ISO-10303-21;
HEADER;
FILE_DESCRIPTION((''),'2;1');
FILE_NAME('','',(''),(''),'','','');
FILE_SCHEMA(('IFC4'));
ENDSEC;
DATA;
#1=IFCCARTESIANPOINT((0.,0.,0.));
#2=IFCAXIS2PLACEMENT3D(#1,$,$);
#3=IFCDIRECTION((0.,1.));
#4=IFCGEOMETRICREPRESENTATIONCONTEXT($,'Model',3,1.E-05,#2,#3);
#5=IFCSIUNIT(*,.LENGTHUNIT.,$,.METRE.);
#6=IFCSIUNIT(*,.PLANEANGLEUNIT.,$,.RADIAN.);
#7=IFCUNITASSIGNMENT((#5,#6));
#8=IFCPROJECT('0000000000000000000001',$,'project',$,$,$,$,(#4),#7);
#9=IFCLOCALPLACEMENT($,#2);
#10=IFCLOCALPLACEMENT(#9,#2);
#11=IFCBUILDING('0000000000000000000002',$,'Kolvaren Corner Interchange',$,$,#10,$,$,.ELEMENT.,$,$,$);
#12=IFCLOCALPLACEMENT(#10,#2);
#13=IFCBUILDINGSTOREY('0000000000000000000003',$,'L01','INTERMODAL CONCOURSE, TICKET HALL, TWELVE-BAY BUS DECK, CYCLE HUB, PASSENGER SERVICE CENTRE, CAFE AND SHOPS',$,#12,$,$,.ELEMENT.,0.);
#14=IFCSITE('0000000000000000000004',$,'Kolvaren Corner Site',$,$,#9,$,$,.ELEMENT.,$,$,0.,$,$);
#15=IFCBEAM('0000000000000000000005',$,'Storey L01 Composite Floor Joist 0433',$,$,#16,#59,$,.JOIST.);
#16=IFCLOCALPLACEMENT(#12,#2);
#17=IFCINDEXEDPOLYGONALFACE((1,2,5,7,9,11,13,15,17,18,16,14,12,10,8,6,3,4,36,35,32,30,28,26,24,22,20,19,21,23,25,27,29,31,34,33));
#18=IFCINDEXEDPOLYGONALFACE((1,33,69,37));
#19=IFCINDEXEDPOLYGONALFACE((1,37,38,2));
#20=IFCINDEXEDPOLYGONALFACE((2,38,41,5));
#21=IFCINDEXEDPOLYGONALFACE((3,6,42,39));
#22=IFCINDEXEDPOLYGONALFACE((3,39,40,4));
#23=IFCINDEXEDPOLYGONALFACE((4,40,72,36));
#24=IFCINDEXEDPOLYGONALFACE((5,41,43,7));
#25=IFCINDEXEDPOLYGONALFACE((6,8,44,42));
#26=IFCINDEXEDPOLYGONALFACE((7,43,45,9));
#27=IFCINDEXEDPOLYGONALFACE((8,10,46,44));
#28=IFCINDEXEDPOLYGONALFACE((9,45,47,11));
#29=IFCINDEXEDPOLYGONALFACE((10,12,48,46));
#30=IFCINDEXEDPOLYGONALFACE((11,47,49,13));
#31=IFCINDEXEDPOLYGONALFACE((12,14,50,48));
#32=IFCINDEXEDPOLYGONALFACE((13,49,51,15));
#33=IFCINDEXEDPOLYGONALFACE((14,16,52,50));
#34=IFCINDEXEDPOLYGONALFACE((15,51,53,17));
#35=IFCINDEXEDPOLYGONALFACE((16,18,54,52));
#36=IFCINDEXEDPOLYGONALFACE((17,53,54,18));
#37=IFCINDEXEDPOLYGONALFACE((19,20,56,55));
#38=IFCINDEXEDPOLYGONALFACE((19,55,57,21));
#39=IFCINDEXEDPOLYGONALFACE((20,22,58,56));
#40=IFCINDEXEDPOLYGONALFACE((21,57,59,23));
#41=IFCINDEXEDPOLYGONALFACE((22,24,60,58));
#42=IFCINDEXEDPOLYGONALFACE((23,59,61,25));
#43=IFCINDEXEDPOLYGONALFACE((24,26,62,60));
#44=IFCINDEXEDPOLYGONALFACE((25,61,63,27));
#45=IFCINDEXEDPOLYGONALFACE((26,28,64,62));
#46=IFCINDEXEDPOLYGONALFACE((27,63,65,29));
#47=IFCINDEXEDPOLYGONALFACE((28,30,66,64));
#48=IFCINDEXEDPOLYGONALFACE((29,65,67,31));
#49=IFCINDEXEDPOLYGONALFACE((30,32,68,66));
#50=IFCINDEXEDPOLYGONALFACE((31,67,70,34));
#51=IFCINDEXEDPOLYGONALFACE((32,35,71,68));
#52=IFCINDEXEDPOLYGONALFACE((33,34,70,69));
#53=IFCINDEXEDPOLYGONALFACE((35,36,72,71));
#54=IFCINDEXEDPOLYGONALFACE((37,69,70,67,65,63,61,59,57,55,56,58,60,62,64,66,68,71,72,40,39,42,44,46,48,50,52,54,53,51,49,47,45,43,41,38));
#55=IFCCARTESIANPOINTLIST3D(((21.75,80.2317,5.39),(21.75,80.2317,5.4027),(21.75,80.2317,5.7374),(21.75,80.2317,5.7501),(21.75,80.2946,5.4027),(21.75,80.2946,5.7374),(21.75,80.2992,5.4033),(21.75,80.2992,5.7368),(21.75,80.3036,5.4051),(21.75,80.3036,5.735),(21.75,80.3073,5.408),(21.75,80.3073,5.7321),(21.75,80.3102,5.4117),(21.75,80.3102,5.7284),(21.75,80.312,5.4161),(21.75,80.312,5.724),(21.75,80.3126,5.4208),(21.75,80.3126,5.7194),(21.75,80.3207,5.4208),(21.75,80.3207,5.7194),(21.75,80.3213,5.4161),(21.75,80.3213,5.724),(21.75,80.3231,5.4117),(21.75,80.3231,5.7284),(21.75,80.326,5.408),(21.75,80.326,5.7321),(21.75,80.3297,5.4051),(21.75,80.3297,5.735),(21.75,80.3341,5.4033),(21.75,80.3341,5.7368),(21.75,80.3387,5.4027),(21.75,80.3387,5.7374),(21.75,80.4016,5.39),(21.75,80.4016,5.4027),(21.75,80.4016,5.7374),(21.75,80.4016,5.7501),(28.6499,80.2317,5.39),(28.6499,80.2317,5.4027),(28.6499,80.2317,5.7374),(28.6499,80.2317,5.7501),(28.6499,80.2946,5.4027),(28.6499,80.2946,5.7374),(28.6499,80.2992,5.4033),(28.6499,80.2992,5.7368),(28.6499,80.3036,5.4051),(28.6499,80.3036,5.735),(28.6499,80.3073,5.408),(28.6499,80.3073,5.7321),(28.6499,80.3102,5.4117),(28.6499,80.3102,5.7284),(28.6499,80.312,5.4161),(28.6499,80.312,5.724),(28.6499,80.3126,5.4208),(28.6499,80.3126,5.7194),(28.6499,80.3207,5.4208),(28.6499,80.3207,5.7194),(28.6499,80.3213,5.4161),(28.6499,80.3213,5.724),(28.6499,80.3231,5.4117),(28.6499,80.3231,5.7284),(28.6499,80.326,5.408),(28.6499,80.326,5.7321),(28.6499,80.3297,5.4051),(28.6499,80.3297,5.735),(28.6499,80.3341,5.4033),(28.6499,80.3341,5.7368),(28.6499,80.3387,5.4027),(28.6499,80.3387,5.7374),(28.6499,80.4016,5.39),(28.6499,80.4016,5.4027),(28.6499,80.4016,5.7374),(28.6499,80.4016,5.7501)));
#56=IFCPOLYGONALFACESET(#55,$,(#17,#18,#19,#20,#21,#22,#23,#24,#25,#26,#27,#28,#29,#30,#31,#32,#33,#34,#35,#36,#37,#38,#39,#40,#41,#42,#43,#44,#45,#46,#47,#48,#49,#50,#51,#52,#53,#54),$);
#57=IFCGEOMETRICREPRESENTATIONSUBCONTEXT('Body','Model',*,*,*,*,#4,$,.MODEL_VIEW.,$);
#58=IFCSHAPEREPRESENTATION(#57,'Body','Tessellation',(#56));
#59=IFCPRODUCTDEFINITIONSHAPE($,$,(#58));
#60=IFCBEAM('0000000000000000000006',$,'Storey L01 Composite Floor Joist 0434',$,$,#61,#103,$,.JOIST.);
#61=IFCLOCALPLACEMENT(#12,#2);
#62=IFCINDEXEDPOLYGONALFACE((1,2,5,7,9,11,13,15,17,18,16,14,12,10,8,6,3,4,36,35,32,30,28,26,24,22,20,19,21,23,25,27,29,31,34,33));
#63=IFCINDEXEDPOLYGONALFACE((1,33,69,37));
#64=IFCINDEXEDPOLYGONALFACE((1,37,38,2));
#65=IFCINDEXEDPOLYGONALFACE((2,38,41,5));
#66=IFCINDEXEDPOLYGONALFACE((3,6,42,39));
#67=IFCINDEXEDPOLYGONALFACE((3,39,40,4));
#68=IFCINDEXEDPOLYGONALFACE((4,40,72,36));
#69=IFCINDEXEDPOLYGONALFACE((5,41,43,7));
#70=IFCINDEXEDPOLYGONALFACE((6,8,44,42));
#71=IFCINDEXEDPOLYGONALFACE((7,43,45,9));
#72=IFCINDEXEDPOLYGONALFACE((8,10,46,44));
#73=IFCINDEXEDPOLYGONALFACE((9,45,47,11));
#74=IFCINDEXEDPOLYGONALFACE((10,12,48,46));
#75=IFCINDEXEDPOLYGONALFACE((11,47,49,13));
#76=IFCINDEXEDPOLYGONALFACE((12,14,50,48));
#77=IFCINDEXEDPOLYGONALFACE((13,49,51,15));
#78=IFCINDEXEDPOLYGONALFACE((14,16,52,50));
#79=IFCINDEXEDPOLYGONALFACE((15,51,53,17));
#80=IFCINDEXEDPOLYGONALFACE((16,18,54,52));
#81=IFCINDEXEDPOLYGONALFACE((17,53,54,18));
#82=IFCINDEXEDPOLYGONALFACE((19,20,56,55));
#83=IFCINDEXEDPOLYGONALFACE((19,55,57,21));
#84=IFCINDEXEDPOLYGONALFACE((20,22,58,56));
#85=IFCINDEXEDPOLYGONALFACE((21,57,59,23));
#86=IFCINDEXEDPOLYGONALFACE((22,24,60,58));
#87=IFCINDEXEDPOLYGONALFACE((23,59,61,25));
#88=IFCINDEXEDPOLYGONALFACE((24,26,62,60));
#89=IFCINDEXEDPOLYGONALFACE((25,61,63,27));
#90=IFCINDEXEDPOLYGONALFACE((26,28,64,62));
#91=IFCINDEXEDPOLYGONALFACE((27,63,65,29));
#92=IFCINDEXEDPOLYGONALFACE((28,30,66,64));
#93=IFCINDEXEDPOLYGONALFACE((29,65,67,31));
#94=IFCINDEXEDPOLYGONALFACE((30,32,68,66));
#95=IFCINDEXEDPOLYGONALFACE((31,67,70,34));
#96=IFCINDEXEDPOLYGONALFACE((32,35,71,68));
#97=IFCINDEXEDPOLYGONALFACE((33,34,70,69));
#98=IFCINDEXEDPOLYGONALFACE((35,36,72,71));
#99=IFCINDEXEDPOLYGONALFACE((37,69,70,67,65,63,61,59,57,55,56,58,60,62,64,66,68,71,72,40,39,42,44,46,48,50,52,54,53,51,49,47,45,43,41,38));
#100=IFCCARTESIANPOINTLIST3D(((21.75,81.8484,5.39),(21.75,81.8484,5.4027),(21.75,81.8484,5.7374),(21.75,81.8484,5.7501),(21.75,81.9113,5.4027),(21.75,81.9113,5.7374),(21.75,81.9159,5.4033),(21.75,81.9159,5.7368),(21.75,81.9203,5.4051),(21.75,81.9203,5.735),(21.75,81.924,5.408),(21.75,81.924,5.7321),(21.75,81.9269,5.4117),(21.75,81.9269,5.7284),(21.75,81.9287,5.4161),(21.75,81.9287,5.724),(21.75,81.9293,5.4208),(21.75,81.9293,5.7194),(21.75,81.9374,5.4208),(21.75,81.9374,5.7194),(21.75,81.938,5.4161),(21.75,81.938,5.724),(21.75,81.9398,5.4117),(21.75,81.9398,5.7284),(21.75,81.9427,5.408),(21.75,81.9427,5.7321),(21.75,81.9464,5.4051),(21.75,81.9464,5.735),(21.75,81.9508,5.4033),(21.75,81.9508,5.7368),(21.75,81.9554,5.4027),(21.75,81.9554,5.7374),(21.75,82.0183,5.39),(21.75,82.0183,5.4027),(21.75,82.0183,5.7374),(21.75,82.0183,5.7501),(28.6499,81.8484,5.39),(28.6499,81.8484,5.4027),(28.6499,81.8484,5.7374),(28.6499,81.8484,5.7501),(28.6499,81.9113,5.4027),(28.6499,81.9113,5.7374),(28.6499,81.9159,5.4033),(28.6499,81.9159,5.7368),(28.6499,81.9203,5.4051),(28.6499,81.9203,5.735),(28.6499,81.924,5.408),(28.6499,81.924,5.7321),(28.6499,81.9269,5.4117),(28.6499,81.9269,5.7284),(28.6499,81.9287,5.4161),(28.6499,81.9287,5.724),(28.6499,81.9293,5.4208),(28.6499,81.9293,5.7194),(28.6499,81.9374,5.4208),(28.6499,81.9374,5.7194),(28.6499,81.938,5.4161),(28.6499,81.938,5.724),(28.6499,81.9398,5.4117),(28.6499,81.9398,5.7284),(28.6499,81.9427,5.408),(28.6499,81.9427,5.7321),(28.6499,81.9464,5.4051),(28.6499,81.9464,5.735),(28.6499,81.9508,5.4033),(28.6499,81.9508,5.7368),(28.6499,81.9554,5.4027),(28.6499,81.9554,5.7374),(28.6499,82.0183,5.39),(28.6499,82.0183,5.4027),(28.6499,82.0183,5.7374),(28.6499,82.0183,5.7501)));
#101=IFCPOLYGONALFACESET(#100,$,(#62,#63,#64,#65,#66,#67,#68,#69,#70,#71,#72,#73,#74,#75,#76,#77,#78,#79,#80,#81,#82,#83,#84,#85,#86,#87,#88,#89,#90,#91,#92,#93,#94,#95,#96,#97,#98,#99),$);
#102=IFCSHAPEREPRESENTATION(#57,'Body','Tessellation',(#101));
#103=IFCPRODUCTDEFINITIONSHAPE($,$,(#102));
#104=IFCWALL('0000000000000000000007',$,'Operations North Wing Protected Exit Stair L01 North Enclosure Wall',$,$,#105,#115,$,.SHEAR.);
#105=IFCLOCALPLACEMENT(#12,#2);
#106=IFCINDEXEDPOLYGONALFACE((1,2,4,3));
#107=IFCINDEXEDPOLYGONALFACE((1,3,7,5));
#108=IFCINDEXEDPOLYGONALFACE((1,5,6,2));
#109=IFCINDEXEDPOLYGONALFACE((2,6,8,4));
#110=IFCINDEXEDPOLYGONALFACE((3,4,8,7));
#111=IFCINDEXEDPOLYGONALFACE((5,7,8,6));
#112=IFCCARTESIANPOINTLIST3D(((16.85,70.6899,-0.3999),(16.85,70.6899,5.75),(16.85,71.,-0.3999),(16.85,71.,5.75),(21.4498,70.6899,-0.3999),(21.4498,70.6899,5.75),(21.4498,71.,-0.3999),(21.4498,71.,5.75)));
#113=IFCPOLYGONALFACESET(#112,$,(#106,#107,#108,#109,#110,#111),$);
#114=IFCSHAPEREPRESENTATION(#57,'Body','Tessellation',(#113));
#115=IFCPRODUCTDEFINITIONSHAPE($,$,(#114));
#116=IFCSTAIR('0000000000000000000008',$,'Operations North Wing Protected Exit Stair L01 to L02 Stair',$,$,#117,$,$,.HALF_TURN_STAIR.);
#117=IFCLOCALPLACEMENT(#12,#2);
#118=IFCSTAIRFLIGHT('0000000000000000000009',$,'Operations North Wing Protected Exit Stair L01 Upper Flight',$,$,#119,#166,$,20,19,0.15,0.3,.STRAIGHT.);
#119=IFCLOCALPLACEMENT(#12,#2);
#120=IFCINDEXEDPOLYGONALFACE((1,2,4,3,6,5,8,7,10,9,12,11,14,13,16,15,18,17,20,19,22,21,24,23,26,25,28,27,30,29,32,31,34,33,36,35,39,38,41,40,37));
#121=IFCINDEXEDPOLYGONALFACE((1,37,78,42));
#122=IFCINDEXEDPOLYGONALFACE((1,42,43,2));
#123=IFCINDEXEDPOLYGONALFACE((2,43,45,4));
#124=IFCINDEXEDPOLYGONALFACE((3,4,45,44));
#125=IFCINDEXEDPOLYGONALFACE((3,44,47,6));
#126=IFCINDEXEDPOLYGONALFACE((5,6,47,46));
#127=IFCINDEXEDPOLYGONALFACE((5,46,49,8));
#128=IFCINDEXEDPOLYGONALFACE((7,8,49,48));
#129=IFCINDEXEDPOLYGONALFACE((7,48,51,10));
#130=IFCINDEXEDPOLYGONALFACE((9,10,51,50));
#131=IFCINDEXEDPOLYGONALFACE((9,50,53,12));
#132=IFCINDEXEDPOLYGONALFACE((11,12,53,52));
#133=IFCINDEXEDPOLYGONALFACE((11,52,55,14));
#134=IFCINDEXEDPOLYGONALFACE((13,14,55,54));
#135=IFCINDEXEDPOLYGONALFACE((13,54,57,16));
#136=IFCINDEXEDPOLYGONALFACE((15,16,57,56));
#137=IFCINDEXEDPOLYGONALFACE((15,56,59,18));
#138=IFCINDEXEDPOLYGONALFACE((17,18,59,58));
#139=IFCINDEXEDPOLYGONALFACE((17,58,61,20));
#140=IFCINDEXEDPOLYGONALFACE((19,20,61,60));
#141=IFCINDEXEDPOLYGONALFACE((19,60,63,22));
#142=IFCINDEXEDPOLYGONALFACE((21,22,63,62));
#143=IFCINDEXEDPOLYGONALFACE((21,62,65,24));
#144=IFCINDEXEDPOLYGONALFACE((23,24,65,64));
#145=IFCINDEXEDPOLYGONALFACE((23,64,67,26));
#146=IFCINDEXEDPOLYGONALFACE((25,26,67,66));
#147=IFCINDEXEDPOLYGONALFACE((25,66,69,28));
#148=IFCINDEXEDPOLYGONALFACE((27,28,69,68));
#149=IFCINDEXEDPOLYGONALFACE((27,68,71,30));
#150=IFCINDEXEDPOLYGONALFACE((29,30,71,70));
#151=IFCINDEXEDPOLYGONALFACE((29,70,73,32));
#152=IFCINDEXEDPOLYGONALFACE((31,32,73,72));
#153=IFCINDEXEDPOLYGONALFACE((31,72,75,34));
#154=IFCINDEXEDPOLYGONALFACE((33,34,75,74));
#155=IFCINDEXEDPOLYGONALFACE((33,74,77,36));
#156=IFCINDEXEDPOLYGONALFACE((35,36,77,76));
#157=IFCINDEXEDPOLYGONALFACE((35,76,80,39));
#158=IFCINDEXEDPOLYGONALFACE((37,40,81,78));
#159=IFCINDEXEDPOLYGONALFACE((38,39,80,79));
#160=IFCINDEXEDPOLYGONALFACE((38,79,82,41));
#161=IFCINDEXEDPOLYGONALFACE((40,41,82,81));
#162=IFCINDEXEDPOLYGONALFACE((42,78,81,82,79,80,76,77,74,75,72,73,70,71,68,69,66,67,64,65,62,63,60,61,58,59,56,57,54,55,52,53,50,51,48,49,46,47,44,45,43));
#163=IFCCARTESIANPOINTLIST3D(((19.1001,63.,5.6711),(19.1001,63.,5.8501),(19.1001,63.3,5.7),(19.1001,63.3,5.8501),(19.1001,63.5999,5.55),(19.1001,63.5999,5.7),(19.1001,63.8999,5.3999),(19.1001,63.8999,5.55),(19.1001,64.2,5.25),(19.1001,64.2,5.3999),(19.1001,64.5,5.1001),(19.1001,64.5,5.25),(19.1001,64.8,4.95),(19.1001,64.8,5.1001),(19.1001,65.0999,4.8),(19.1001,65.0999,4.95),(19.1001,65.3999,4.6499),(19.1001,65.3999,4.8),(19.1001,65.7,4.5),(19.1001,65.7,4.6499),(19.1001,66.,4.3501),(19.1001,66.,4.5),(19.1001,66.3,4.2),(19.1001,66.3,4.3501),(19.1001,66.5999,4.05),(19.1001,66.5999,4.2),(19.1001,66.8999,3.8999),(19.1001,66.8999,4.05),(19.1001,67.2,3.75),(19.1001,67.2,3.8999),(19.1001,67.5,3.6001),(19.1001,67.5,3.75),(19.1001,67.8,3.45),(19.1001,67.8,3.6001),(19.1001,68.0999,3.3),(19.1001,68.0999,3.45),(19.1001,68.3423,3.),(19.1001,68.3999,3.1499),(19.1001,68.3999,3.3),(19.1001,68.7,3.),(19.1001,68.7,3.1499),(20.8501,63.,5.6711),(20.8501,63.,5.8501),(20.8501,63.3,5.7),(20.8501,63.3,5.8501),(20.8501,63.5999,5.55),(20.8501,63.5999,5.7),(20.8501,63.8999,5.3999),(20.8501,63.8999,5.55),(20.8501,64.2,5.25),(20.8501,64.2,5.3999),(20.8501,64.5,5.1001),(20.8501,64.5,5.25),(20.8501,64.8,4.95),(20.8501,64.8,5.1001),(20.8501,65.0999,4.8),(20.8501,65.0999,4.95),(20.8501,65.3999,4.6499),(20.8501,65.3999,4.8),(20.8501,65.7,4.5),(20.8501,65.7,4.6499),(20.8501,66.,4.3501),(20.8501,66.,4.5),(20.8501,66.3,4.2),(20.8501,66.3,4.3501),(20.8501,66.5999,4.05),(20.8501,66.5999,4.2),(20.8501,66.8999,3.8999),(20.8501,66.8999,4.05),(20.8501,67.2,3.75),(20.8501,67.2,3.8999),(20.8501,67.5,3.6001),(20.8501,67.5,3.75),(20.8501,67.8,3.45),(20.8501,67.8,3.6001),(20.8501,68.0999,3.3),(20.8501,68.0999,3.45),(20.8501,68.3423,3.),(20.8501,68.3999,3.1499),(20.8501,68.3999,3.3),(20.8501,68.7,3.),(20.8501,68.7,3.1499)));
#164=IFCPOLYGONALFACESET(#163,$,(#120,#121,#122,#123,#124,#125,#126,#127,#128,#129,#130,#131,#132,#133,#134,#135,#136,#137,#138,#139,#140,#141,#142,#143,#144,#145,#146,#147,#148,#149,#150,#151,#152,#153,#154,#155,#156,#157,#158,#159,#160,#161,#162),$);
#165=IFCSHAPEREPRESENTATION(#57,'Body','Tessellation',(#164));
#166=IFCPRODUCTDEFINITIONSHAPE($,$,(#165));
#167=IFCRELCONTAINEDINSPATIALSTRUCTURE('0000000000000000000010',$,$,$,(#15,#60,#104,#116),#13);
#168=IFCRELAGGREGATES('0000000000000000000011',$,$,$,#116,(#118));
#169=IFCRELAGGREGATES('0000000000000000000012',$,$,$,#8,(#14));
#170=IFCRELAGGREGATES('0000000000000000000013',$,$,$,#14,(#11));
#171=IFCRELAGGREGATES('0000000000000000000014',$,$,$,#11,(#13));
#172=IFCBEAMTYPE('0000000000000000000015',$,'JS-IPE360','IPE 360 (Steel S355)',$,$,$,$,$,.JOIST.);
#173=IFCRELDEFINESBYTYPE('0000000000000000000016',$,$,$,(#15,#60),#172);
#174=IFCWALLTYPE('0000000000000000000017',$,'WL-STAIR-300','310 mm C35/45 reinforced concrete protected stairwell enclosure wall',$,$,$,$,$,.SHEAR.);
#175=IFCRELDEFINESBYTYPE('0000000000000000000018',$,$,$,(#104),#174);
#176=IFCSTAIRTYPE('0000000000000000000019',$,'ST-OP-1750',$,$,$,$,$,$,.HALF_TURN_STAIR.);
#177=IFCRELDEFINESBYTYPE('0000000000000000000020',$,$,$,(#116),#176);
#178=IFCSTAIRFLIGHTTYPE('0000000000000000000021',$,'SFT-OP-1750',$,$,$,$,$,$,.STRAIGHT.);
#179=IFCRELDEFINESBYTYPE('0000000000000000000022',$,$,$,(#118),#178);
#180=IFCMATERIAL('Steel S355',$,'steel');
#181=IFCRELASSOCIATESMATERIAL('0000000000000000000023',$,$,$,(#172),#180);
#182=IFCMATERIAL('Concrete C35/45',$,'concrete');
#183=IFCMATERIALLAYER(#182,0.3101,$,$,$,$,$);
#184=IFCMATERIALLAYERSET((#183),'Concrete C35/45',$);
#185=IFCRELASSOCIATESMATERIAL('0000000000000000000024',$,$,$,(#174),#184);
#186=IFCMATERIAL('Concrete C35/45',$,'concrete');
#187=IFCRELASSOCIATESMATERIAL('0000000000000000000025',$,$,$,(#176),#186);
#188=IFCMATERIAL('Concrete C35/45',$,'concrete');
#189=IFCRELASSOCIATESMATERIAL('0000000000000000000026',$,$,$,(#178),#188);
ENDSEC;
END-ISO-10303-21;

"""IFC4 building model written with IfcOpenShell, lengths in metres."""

from ifc_helpers import new_model, si_unit, direction, frame, frame_2d, origin, origin_2d, place, context, subcontext, project, spatial, polyline, rectangle, i_section, outline, extrude, material, layer, layer_set, material_profile, profile_set, type_object, element, aggregate, save


model = new_model("IFC4")

# Units and contexts
model_context = context("Model", 3, precision=1e-05, world=origin(), true_north=direction((0.0, 1.0)))
body_context = subcontext(model_context, "Body", "Model", "MODEL_VIEW")
ifc_project = project(units=[si_unit("LENGTHUNIT", "METRE"), si_unit("PLANEANGLEUNIT", "RADIAN")], contexts=[model_context])

# Site, building, storey
site_placement = place(None, origin())
site = spatial("IfcSite", under=ifc_project, at=site_placement, Name="Kolvaren Corner Site", CompositionType="ELEMENT", RefElevation=0.0)
building_placement = place(site_placement, origin())
building = spatial("IfcBuilding", under=site, at=building_placement, Name="Kolvaren Corner Interchange", CompositionType="ELEMENT")
storey_placement = place(building_placement, origin())
storey = spatial("IfcBuildingStorey", under=building, at=storey_placement, Name="L01", Description="INTERMODAL CONCOURSE, TICKET HALL, TWELVE-BAY BUS DECK, CYCLE HUB, PASSENGER SERVICE CENTRE, CAFE AND SHOPS", CompositionType="ELEMENT", Elevation=0.0)

# Beams
ifc_material_1 = material(Name="Steel S355", Category="steel")
ifc_material_profile_1 = material_profile(ifc_material_1, i_section(OverallWidth=0.1699, OverallDepth=0.3601, WebThickness=0.0081, FlangeThickness=0.0127, FilletRadius=0.0181, at=origin_2d()), Name="IPE 360")
ifc_profile_set_1 = profile_set([ifc_material_profile_1], Name="Steel S355")
beam_type_1 = type_object("IfcBeamType", Name="JS-IPE360", Description="IPE 360 (Steel S355)", PredefinedType="JOIST", material=ifc_profile_set_1)
for number, where, z_axis, x_axis, name in (
    (1, (21.75, 80.3167, 5.5701), (1.0, 0.0, 0.0), (0.0, 1.0, 0.0), "Storey L01 Composite Floor Joist 0433"),
    (2, (21.75, 81.9333, 5.5701), (1.0, 0.0, 0.0), (0.0, 1.0, 0.0), "Storey L01 Composite Floor Joist 0434"),
):
    element("IfcBeam", number, at=place(storey_placement, frame(where, z_axis=z_axis, x_axis=x_axis)), inside=storey, type_object=beam_type_1, Name=name, PredefinedType="JOIST", context=body_context, shape_type="SweptSolid", body=[
        extrude(i_section(OverallWidth=0.1699, OverallDepth=0.3601, WebThickness=0.0081, FlangeThickness=0.0127, FilletRadius=0.0181, at=origin_2d()), origin(), (0.0, 0.0, 1.0), 6.8999),
    ])

# Wall
ifc_material_2 = material(Name="Concrete C35/45", Category="concrete")
ifc_layer = layer(ifc_material_2, 0.3101)
ifc_layer_set = layer_set([ifc_layer], Name="Concrete C35/45")
wall_type = type_object("IfcWallType", Name="WL-STAIR-300", Description="310 mm C35/45 reinforced concrete protected stairwell enclosure wall", PredefinedType="SHEAR", material=ifc_layer_set)
wall_placement = place(storey_placement, frame((16.8501, 70.845, -0.3999), z_axis=(0.0, 0.0, 1.0), x_axis=(1.0, 0.0, 0.0)))
element("IfcWall", 3, at=wall_placement, inside=storey, type_object=wall_type, Name="Operations North Wing Protected Exit Stair L01 North Enclosure Wall", PredefinedType="SHEAR", context=body_context, shape_type="SweptSolid", body=[
    extrude(rectangle(XDim=4.5999, YDim=0.3101, at=frame_2d((2.2998, 0.0))), origin(), (0.0, 0.0, 1.0), 6.1499),
])

# Stair, stair flight
ifc_material_3 = material(Name="Concrete C35/45", Category="concrete")
stair_type = type_object("IfcStairType", Name="ST-OP-1750", PredefinedType="HALF_TURN_STAIR", material=ifc_material_3)
stair_placement = place(storey_placement, origin())
stair = element("IfcStair", 4, at=stair_placement, inside=storey, type_object=stair_type, Name="Operations North Wing Protected Exit Stair L01 to L02 Stair", PredefinedType="HALF_TURN_STAIR")
ifc_material_4 = material(Name="Concrete C35/45", Category="concrete")
stair_flight_type = type_object("IfcStairFlightType", Name="SFT-OP-1750", PredefinedType="STRAIGHT", material=ifc_material_4)
stair_flight_placement = place(storey_placement, frame((19.9751, 68.7, 3.0), z_axis=(0.0, 0.0, 1.0), x_axis=(0.0, -1.0, 0.0)))
stair_flight = element("IfcStairFlight", 5, at=stair_flight_placement, type_object=stair_flight_type, Name="Operations North Wing Protected Exit Stair L01 Upper Flight", NumberOfRisers=20, NumberOfTreads=19, PredefinedType="STRAIGHT", RiserHeight=0.15, TreadLength=0.3, context=body_context, shape_type="SweptSolid", body=[
    extrude(outline(polyline([(0.0, 0.0), (0.0, 0.1499), (0.3, 0.1499), (0.3, 0.3), (0.6001, 0.3), (0.6001, 0.45), (0.8999, 0.45), (0.8999, 0.6001), (1.2, 0.6001), (1.2, 0.75), (1.5, 0.75), (1.5, 0.8999), (1.8, 0.8999), (1.8, 1.05), (2.1001, 1.05), (2.1001, 1.2), (2.3999, 1.2), (2.3999, 1.3501), (2.7, 1.3501), (2.7, 1.5), (3.0, 1.5), (3.0, 1.6499), (3.3, 1.6499), (3.3, 1.8), (3.6001, 1.8), (3.6001, 1.95), (3.8999, 1.95), (3.8999, 2.1001), (4.2, 2.1001), (4.2, 2.25), (4.5, 2.25), (4.5, 2.3999), (4.8, 2.3999), (4.8, 2.55), (5.1001, 2.55), (5.1001, 2.7), (5.3999, 2.7), (5.3999, 2.8501), (5.7, 2.8501), (5.7, 3.0), (5.7, 2.6711), (0.3577, 0.0), (0.0, 0.0)])), frame((0.0, 0.875, 0.0), z_axis=(0.0, -1.0, 0.0), x_axis=(1.0, 0.0, 0.0)), (0.0, 0.0, 1.0), 1.75),
])
aggregate(stair, [stair_flight])

save(model, "model.ifc")
